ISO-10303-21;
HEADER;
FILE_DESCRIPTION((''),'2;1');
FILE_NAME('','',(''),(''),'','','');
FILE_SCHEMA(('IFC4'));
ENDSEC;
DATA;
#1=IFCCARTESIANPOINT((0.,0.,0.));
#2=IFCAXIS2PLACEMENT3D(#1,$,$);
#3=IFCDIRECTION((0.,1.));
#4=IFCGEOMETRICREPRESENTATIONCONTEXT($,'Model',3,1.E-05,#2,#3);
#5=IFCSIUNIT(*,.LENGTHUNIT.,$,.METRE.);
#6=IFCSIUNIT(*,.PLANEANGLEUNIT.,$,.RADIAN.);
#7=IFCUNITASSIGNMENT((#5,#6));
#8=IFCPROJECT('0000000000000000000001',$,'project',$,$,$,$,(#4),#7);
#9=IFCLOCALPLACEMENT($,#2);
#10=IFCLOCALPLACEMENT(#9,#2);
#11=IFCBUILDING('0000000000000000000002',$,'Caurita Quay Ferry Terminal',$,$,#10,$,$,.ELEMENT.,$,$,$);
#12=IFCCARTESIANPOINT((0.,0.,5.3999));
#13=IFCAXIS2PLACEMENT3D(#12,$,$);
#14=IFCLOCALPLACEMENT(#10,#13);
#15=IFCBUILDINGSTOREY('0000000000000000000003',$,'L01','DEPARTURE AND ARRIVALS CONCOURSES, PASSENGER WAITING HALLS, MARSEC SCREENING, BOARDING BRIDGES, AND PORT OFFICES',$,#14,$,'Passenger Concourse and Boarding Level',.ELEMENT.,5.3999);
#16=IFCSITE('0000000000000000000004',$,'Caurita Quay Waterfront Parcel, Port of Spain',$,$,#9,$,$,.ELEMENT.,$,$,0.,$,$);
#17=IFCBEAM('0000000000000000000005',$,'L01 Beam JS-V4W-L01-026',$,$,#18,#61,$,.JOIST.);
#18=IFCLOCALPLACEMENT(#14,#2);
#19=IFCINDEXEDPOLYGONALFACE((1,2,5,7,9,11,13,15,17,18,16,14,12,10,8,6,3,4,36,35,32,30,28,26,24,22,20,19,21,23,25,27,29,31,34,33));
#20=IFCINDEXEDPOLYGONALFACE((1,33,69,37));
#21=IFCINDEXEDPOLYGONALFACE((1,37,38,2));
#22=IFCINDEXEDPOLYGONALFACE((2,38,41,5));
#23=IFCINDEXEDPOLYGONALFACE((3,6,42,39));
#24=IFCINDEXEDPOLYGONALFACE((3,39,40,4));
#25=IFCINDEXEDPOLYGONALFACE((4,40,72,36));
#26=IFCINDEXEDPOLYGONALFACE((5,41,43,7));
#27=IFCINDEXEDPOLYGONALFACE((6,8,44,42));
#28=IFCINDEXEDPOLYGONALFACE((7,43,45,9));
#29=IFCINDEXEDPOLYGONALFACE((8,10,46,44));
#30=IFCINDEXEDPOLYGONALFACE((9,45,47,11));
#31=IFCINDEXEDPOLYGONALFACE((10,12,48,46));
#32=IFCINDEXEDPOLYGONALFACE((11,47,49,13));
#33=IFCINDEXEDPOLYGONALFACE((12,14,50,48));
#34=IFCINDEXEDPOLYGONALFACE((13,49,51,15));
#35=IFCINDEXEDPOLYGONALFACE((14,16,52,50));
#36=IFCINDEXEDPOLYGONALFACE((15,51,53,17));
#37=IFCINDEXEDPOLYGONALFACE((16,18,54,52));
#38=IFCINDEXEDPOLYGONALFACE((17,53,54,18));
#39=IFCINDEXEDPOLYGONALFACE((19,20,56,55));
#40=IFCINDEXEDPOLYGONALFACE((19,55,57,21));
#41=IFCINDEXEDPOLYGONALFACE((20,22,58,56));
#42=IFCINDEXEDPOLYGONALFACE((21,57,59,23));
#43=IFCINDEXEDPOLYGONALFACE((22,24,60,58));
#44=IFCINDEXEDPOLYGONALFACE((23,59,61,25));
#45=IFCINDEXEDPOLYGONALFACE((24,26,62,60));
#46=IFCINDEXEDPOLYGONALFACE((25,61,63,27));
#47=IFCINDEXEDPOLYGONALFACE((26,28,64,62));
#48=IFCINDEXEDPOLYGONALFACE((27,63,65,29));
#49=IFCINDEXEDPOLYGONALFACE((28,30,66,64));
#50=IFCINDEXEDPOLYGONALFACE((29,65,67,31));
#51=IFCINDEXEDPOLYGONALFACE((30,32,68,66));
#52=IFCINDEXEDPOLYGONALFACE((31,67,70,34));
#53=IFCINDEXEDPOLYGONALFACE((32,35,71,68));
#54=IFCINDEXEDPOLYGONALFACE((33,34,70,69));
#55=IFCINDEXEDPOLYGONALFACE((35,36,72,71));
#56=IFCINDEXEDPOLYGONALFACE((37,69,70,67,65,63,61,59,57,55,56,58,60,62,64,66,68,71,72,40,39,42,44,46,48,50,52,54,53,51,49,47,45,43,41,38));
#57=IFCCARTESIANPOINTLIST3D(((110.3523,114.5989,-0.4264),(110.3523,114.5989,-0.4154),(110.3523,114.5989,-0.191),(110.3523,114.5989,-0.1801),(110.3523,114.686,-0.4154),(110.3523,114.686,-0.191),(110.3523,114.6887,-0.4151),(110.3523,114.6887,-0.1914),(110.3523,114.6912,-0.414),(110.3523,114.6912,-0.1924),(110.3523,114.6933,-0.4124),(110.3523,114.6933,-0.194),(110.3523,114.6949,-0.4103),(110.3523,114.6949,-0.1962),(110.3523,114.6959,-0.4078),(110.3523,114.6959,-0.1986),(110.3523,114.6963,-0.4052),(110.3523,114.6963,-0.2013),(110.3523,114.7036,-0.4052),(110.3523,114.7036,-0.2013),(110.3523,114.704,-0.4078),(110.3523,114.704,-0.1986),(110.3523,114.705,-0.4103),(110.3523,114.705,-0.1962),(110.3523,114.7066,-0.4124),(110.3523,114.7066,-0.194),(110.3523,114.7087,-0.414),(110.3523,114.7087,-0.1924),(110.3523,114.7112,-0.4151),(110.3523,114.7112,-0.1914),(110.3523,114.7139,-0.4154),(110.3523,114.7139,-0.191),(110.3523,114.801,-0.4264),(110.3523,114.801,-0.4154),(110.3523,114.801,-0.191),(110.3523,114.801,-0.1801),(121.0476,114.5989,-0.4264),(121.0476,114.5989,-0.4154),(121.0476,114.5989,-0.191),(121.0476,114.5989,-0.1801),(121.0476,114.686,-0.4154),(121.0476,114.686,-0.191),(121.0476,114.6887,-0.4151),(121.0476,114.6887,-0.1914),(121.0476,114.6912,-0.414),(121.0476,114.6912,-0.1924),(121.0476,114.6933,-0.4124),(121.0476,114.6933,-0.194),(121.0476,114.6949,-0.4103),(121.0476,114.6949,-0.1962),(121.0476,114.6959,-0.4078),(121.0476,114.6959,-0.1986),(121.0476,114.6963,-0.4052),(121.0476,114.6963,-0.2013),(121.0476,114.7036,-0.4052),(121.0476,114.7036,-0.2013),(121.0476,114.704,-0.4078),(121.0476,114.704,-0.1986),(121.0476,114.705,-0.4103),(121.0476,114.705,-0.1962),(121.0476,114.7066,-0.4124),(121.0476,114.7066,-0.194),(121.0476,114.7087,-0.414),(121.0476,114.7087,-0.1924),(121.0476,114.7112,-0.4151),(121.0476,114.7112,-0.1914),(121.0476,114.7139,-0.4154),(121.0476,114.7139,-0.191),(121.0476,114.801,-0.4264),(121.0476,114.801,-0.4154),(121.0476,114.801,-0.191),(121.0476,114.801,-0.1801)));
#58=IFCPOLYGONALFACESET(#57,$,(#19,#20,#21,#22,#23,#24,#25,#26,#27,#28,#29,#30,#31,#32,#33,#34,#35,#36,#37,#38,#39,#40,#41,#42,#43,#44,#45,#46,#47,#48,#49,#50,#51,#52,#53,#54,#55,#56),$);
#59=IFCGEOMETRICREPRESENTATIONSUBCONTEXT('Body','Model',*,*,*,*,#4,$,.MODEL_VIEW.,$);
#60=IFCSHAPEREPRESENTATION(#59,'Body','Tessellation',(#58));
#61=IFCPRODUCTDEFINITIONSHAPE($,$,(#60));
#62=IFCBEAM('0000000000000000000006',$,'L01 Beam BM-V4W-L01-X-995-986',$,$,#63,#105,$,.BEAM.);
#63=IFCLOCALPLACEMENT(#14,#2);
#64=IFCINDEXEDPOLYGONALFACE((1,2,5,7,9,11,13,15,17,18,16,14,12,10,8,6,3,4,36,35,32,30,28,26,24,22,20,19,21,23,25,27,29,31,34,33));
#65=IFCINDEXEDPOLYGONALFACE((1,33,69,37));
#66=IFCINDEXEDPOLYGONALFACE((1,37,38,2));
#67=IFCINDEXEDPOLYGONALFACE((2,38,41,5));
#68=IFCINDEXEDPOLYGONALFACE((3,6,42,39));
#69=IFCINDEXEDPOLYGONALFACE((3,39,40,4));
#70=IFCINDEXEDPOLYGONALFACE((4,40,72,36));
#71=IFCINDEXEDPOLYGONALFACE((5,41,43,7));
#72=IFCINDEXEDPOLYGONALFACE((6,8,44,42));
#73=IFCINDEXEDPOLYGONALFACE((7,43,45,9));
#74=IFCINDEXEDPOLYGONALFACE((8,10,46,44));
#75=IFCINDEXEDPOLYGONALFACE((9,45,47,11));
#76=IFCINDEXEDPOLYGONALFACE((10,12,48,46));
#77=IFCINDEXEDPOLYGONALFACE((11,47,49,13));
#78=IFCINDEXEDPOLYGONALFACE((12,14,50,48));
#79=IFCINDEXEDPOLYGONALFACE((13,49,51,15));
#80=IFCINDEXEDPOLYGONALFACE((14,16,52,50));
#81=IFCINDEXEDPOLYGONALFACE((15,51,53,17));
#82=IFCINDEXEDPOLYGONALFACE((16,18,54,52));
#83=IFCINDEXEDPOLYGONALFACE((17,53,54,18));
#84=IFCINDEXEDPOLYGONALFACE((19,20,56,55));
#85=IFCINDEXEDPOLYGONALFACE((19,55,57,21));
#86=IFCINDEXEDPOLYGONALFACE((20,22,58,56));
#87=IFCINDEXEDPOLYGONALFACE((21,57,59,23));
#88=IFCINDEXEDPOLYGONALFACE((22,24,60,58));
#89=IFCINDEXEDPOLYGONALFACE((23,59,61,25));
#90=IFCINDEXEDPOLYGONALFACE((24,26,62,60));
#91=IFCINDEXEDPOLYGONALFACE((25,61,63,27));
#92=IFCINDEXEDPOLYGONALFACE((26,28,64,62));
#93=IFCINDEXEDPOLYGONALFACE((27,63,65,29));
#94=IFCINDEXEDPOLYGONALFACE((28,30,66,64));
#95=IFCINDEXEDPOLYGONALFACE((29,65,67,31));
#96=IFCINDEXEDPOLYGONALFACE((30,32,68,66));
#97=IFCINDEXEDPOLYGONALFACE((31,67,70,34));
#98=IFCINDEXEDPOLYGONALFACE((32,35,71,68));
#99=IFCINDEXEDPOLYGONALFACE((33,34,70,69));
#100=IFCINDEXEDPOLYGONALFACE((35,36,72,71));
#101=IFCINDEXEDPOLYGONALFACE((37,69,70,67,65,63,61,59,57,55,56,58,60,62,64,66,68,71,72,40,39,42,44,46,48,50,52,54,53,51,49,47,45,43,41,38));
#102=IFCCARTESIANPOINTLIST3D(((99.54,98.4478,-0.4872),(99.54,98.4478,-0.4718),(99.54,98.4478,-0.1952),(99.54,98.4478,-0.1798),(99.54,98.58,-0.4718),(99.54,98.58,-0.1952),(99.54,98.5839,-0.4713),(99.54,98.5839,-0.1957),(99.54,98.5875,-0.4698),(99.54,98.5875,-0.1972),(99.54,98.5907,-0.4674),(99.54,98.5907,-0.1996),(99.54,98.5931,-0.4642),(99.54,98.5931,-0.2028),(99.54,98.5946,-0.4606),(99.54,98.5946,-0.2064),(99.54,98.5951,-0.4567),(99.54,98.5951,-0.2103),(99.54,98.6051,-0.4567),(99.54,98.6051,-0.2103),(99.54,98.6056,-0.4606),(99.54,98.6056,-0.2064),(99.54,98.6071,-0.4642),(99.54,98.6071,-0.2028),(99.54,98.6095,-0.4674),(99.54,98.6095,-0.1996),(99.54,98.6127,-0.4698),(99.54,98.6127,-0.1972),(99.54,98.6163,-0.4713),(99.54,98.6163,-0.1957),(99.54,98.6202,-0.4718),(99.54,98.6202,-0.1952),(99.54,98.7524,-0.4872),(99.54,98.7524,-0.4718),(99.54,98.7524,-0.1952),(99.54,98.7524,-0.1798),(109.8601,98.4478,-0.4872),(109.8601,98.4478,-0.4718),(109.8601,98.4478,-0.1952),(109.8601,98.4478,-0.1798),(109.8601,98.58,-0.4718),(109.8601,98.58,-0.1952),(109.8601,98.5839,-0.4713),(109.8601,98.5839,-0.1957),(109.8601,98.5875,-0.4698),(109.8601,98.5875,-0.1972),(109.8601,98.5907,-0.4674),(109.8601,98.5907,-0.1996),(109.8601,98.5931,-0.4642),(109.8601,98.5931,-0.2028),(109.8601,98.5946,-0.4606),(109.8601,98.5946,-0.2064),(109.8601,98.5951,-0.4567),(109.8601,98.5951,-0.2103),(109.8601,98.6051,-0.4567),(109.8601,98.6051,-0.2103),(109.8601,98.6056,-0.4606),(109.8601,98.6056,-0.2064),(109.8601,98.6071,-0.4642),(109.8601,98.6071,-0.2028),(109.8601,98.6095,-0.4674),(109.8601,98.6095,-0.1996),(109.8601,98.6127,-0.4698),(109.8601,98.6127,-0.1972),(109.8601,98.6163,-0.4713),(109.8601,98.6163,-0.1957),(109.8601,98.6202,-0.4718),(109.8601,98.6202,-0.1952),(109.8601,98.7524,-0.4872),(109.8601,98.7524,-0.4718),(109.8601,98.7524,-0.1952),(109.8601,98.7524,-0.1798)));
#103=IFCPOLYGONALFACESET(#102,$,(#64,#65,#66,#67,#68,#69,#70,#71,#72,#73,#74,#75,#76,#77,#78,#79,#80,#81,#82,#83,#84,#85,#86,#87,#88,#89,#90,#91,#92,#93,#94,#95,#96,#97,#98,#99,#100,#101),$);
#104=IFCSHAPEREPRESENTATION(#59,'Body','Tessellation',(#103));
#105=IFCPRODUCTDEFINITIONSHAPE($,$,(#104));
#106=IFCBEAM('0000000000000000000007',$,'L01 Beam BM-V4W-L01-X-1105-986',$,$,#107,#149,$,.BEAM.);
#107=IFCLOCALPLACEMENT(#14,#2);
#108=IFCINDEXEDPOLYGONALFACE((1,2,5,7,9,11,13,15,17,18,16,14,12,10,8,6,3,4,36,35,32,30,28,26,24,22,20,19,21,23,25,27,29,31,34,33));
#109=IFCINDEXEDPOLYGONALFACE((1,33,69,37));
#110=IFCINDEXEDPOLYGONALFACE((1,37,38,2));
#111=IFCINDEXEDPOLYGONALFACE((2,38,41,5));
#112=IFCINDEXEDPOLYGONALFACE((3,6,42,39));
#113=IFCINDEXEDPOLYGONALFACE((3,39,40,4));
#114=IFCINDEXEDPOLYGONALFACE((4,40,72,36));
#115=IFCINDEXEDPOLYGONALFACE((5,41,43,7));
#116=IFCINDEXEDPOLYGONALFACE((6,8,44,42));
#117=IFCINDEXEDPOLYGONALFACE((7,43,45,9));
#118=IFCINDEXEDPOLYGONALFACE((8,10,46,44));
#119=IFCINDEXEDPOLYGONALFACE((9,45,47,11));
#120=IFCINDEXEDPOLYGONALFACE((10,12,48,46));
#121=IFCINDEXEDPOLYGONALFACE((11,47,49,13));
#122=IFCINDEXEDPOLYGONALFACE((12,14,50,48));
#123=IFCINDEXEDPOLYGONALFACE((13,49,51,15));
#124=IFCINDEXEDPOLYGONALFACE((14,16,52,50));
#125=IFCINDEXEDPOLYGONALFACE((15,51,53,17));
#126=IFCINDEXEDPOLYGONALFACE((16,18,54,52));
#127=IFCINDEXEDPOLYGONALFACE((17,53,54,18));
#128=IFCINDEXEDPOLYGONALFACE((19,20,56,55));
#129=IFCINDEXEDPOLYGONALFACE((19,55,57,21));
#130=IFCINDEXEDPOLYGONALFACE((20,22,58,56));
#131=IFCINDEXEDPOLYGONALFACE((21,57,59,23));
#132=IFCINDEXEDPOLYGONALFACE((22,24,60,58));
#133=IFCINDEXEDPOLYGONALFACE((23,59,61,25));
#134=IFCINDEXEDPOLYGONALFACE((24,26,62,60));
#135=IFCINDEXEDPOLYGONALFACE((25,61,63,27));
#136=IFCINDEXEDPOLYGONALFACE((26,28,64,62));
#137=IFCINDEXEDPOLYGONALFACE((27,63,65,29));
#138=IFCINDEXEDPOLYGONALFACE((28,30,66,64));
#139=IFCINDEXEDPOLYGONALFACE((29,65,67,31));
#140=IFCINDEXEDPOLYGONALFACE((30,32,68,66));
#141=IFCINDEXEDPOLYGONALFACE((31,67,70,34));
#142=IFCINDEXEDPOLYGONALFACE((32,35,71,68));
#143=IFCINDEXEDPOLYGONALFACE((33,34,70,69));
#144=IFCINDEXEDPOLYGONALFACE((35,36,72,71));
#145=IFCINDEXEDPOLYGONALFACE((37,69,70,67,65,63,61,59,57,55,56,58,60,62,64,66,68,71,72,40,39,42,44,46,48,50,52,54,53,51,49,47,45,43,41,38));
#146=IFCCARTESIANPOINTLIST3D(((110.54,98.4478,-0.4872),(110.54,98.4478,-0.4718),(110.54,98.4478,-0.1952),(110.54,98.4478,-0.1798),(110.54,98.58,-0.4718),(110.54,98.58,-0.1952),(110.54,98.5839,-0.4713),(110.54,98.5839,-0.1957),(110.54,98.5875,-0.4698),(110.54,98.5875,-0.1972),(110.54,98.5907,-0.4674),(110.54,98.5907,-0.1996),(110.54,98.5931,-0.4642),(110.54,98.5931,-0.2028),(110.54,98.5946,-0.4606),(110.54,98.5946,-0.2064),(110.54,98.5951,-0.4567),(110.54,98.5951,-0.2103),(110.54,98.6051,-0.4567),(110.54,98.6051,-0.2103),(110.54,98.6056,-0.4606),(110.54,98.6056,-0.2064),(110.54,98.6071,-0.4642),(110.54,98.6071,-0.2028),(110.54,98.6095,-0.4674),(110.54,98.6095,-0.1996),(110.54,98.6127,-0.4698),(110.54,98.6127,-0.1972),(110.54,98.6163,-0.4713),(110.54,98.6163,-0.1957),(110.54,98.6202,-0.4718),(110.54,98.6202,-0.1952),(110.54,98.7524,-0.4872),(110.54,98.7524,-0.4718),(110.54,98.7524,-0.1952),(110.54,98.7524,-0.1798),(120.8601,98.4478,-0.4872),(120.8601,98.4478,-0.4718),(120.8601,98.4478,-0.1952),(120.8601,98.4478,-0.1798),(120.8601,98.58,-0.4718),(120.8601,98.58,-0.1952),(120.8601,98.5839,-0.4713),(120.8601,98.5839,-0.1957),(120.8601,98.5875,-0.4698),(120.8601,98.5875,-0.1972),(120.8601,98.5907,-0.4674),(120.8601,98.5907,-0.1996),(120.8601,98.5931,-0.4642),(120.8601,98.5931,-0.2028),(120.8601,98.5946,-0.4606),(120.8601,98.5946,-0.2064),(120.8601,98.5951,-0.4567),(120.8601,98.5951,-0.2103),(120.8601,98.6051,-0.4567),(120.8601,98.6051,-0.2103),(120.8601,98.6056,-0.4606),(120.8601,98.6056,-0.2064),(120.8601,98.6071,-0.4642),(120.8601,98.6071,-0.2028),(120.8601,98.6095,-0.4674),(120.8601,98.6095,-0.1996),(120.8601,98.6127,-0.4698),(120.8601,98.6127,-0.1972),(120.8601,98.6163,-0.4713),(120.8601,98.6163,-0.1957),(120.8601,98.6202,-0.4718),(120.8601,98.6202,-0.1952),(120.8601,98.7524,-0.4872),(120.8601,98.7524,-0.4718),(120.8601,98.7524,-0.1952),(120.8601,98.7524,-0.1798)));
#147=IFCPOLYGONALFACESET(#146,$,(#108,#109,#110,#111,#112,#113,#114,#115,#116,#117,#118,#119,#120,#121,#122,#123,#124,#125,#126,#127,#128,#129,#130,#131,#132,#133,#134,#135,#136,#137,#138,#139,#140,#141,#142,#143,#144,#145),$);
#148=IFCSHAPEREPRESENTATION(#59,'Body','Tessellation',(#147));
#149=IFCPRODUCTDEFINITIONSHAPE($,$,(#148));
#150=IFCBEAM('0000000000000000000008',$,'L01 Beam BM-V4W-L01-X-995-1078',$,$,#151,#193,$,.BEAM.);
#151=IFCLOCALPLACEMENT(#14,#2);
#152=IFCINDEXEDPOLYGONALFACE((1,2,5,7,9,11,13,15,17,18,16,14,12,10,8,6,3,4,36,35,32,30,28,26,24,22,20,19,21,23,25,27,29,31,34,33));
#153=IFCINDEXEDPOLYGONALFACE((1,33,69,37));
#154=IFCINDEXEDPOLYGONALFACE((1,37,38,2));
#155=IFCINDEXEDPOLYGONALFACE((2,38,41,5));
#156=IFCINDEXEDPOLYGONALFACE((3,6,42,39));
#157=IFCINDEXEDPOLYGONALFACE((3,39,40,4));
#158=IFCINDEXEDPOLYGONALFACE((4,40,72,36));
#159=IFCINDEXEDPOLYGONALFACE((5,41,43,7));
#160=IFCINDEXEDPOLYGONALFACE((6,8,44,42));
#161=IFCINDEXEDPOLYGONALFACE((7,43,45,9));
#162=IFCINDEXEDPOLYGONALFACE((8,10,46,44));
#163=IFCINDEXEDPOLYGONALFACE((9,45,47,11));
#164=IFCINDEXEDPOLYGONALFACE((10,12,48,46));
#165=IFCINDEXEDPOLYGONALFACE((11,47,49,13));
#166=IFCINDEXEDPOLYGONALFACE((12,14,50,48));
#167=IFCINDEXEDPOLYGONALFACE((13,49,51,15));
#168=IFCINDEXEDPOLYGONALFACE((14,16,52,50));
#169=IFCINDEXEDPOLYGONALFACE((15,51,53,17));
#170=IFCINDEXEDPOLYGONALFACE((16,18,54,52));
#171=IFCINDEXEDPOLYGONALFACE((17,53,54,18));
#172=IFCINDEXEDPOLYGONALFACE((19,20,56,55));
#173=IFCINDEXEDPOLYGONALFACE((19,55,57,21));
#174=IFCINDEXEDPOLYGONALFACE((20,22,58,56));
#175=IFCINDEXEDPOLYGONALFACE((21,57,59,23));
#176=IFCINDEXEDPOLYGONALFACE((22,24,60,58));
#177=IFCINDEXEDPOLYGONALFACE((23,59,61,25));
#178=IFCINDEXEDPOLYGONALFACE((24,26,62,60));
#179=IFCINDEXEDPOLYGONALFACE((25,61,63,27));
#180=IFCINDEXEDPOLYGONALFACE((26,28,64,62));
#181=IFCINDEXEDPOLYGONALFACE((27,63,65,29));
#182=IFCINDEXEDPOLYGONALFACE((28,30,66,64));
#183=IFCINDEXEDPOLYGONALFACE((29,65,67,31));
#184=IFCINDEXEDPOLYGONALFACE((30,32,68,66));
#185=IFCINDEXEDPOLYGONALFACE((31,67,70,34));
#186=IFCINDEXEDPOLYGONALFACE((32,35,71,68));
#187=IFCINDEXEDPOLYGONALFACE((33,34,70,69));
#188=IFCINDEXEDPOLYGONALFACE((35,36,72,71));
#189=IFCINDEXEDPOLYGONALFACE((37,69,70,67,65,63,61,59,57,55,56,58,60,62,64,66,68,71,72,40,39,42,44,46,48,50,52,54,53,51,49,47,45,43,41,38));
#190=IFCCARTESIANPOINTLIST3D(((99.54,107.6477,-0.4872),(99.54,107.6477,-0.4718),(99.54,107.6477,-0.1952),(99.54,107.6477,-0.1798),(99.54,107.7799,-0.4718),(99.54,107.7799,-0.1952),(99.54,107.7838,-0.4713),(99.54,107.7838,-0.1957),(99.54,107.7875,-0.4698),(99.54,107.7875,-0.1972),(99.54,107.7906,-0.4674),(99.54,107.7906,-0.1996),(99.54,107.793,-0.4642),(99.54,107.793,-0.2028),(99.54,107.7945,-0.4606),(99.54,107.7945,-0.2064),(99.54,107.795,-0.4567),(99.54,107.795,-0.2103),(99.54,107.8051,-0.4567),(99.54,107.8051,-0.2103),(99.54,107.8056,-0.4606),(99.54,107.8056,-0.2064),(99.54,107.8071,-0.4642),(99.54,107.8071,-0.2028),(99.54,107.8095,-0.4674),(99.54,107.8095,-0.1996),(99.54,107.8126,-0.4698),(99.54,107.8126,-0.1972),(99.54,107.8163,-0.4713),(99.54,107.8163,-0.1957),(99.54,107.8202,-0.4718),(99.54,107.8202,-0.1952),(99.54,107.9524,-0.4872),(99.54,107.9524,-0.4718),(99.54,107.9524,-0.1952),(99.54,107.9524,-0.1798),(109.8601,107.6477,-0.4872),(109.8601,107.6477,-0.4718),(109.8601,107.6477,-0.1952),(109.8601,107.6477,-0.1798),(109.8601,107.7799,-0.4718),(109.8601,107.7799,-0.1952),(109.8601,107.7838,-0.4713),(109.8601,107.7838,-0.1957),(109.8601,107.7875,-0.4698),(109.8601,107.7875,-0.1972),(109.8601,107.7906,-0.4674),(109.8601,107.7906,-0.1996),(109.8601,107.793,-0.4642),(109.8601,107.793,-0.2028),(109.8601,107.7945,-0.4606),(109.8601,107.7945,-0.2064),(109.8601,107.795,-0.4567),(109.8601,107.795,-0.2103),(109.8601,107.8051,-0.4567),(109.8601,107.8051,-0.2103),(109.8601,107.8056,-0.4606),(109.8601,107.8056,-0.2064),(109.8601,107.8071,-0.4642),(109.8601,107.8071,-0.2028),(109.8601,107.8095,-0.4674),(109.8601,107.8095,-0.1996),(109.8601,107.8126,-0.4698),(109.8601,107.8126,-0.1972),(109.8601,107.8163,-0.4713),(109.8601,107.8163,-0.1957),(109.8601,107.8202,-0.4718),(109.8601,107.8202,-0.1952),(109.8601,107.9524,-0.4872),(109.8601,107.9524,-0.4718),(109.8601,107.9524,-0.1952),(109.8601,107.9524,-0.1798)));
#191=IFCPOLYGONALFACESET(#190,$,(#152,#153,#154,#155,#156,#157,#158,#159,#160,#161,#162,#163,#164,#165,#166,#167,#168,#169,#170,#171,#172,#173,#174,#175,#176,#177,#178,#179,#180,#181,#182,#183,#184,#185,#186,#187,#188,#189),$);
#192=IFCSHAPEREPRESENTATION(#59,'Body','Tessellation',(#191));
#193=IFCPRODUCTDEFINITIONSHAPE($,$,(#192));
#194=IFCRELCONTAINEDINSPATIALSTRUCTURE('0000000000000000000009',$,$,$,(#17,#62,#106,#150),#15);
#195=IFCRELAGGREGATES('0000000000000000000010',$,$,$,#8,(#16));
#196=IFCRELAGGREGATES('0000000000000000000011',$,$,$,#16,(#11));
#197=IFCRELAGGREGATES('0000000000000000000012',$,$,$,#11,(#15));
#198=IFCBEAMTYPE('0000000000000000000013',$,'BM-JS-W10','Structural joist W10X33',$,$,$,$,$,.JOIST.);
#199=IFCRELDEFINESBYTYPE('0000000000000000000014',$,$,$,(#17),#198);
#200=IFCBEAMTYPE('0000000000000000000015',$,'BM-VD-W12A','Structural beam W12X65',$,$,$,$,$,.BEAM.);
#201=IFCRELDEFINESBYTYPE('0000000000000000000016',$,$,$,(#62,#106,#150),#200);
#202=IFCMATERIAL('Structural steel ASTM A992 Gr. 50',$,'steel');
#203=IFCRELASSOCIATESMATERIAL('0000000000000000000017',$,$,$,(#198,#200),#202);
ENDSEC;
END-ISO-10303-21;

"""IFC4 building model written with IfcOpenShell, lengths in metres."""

from ifc_helpers import new_model, si_unit, direction, frame, origin, origin_2d, place, context, subcontext, project, spatial, i_section, extrude, material, material_profile, profile_set, type_object, element, save


model = new_model("IFC4")

# Units and contexts
model_context = context("Model", 3, precision=1e-05, world=origin(), true_north=direction((0.0, 1.0)))
body_context = subcontext(model_context, "Body", "Model", "MODEL_VIEW")
ifc_project = project(units=[si_unit("LENGTHUNIT", "METRE"), si_unit("PLANEANGLEUNIT", "RADIAN")], contexts=[model_context])

# Site, building, storey
site_placement = place(None, origin())
site = spatial("IfcSite", under=ifc_project, at=site_placement, Name="Caurita Quay Waterfront Parcel, Port of Spain", CompositionType="ELEMENT", RefElevation=0.0)
building_placement = place(site_placement, origin())
building = spatial("IfcBuilding", under=site, at=building_placement, Name="Caurita Quay Ferry Terminal", CompositionType="ELEMENT")
storey_placement = place(building_placement, frame((0.0, 0.0, 5.3999)))
storey = spatial("IfcBuildingStorey", under=building, at=storey_placement, Name="L01", Description="DEPARTURE AND ARRIVALS CONCOURSES, PASSENGER WAITING HALLS, MARSEC SCREENING, BOARDING BRIDGES, AND PORT OFFICES", LongName="Passenger Concourse and Boarding Level", CompositionType="ELEMENT", Elevation=5.3999)

# Beams
ifc_material_1 = material(Name="Structural steel ASTM A992 Gr. 50", Category="steel")
ifc_material_profile_1 = material_profile(ifc_material_1, i_section(OverallWidth=0.2021, OverallDepth=0.2463, WebThickness=0.0073, FlangeThickness=0.011, FilletRadius=0.0103, at=origin_2d()), Name="W10X33")
ifc_profile_set_1 = profile_set([ifc_material_profile_1], Name="Structural steel ASTM A992 Gr. 50")
beam_type_1 = type_object("IfcBeamType", Name="BM-JS-W10", Description="Structural joist W10X33", PredefinedType="JOIST", material=ifc_profile_set_1)
for number, where, z_axis, x_axis, name in (
    (1, (110.3523, 114.7, -0.3032), (1.0, 0.0, 0.0), (0.0, 1.0, 0.0), "L01 Beam JS-V4W-L01-026"),
):
    element("IfcBeam", number, at=place(storey_placement, frame(where, z_axis=z_axis, x_axis=x_axis)), inside=storey, type_object=beam_type_1, Name=name, PredefinedType="JOIST", context=body_context, shape_type="SweptSolid", body=[
        extrude(i_section(OverallWidth=0.2021, OverallDepth=0.2463, WebThickness=0.0073, FlangeThickness=0.011, FilletRadius=0.0103, at=origin_2d()), origin(), (0.0, 0.0, 1.0), 10.6953),
    ])
ifc_material_profile_2 = material_profile(ifc_material_1, i_section(OverallWidth=0.3047, OverallDepth=0.3074, WebThickness=0.01, FlangeThickness=0.0154, FilletRadius=0.0151, at=origin_2d()), Name="W12X65")
ifc_profile_set_2 = profile_set([ifc_material_profile_2], Name="Structural steel ASTM A992 Gr. 50")
beam_type_2 = type_object("IfcBeamType", Name="BM-VD-W12A", Description="Structural beam W12X65", PredefinedType="BEAM", material=ifc_profile_set_2)
for number, where, z_axis, x_axis, name in (
    (2, (99.54, 98.6001, -0.3335), (1.0, 0.0, 0.0), (0.0, 1.0, 0.0), "L01 Beam BM-V4W-L01-X-995-986"),
    (3, (110.54, 98.6001, -0.3335), (1.0, 0.0, 0.0), (0.0, 1.0, 0.0), "L01 Beam BM-V4W-L01-X-1105-986"),
    (4, (99.54, 107.8, -0.3335), (1.0, 0.0, 0.0), (0.0, 1.0, 0.0), "L01 Beam BM-V4W-L01-X-995-1078"),
):
    element("IfcBeam", number, at=place(storey_placement, frame(where, z_axis=z_axis, x_axis=x_axis)), inside=storey, type_object=beam_type_2, Name=name, PredefinedType="BEAM", context=body_context, shape_type="SweptSolid", body=[
        extrude(i_section(OverallWidth=0.3047, OverallDepth=0.3074, WebThickness=0.01, FlangeThickness=0.0154, FilletRadius=0.0151, at=origin_2d()), origin(), (0.0, 0.0, 1.0), 10.3201),
    ])

save(model, "model.ifc")
